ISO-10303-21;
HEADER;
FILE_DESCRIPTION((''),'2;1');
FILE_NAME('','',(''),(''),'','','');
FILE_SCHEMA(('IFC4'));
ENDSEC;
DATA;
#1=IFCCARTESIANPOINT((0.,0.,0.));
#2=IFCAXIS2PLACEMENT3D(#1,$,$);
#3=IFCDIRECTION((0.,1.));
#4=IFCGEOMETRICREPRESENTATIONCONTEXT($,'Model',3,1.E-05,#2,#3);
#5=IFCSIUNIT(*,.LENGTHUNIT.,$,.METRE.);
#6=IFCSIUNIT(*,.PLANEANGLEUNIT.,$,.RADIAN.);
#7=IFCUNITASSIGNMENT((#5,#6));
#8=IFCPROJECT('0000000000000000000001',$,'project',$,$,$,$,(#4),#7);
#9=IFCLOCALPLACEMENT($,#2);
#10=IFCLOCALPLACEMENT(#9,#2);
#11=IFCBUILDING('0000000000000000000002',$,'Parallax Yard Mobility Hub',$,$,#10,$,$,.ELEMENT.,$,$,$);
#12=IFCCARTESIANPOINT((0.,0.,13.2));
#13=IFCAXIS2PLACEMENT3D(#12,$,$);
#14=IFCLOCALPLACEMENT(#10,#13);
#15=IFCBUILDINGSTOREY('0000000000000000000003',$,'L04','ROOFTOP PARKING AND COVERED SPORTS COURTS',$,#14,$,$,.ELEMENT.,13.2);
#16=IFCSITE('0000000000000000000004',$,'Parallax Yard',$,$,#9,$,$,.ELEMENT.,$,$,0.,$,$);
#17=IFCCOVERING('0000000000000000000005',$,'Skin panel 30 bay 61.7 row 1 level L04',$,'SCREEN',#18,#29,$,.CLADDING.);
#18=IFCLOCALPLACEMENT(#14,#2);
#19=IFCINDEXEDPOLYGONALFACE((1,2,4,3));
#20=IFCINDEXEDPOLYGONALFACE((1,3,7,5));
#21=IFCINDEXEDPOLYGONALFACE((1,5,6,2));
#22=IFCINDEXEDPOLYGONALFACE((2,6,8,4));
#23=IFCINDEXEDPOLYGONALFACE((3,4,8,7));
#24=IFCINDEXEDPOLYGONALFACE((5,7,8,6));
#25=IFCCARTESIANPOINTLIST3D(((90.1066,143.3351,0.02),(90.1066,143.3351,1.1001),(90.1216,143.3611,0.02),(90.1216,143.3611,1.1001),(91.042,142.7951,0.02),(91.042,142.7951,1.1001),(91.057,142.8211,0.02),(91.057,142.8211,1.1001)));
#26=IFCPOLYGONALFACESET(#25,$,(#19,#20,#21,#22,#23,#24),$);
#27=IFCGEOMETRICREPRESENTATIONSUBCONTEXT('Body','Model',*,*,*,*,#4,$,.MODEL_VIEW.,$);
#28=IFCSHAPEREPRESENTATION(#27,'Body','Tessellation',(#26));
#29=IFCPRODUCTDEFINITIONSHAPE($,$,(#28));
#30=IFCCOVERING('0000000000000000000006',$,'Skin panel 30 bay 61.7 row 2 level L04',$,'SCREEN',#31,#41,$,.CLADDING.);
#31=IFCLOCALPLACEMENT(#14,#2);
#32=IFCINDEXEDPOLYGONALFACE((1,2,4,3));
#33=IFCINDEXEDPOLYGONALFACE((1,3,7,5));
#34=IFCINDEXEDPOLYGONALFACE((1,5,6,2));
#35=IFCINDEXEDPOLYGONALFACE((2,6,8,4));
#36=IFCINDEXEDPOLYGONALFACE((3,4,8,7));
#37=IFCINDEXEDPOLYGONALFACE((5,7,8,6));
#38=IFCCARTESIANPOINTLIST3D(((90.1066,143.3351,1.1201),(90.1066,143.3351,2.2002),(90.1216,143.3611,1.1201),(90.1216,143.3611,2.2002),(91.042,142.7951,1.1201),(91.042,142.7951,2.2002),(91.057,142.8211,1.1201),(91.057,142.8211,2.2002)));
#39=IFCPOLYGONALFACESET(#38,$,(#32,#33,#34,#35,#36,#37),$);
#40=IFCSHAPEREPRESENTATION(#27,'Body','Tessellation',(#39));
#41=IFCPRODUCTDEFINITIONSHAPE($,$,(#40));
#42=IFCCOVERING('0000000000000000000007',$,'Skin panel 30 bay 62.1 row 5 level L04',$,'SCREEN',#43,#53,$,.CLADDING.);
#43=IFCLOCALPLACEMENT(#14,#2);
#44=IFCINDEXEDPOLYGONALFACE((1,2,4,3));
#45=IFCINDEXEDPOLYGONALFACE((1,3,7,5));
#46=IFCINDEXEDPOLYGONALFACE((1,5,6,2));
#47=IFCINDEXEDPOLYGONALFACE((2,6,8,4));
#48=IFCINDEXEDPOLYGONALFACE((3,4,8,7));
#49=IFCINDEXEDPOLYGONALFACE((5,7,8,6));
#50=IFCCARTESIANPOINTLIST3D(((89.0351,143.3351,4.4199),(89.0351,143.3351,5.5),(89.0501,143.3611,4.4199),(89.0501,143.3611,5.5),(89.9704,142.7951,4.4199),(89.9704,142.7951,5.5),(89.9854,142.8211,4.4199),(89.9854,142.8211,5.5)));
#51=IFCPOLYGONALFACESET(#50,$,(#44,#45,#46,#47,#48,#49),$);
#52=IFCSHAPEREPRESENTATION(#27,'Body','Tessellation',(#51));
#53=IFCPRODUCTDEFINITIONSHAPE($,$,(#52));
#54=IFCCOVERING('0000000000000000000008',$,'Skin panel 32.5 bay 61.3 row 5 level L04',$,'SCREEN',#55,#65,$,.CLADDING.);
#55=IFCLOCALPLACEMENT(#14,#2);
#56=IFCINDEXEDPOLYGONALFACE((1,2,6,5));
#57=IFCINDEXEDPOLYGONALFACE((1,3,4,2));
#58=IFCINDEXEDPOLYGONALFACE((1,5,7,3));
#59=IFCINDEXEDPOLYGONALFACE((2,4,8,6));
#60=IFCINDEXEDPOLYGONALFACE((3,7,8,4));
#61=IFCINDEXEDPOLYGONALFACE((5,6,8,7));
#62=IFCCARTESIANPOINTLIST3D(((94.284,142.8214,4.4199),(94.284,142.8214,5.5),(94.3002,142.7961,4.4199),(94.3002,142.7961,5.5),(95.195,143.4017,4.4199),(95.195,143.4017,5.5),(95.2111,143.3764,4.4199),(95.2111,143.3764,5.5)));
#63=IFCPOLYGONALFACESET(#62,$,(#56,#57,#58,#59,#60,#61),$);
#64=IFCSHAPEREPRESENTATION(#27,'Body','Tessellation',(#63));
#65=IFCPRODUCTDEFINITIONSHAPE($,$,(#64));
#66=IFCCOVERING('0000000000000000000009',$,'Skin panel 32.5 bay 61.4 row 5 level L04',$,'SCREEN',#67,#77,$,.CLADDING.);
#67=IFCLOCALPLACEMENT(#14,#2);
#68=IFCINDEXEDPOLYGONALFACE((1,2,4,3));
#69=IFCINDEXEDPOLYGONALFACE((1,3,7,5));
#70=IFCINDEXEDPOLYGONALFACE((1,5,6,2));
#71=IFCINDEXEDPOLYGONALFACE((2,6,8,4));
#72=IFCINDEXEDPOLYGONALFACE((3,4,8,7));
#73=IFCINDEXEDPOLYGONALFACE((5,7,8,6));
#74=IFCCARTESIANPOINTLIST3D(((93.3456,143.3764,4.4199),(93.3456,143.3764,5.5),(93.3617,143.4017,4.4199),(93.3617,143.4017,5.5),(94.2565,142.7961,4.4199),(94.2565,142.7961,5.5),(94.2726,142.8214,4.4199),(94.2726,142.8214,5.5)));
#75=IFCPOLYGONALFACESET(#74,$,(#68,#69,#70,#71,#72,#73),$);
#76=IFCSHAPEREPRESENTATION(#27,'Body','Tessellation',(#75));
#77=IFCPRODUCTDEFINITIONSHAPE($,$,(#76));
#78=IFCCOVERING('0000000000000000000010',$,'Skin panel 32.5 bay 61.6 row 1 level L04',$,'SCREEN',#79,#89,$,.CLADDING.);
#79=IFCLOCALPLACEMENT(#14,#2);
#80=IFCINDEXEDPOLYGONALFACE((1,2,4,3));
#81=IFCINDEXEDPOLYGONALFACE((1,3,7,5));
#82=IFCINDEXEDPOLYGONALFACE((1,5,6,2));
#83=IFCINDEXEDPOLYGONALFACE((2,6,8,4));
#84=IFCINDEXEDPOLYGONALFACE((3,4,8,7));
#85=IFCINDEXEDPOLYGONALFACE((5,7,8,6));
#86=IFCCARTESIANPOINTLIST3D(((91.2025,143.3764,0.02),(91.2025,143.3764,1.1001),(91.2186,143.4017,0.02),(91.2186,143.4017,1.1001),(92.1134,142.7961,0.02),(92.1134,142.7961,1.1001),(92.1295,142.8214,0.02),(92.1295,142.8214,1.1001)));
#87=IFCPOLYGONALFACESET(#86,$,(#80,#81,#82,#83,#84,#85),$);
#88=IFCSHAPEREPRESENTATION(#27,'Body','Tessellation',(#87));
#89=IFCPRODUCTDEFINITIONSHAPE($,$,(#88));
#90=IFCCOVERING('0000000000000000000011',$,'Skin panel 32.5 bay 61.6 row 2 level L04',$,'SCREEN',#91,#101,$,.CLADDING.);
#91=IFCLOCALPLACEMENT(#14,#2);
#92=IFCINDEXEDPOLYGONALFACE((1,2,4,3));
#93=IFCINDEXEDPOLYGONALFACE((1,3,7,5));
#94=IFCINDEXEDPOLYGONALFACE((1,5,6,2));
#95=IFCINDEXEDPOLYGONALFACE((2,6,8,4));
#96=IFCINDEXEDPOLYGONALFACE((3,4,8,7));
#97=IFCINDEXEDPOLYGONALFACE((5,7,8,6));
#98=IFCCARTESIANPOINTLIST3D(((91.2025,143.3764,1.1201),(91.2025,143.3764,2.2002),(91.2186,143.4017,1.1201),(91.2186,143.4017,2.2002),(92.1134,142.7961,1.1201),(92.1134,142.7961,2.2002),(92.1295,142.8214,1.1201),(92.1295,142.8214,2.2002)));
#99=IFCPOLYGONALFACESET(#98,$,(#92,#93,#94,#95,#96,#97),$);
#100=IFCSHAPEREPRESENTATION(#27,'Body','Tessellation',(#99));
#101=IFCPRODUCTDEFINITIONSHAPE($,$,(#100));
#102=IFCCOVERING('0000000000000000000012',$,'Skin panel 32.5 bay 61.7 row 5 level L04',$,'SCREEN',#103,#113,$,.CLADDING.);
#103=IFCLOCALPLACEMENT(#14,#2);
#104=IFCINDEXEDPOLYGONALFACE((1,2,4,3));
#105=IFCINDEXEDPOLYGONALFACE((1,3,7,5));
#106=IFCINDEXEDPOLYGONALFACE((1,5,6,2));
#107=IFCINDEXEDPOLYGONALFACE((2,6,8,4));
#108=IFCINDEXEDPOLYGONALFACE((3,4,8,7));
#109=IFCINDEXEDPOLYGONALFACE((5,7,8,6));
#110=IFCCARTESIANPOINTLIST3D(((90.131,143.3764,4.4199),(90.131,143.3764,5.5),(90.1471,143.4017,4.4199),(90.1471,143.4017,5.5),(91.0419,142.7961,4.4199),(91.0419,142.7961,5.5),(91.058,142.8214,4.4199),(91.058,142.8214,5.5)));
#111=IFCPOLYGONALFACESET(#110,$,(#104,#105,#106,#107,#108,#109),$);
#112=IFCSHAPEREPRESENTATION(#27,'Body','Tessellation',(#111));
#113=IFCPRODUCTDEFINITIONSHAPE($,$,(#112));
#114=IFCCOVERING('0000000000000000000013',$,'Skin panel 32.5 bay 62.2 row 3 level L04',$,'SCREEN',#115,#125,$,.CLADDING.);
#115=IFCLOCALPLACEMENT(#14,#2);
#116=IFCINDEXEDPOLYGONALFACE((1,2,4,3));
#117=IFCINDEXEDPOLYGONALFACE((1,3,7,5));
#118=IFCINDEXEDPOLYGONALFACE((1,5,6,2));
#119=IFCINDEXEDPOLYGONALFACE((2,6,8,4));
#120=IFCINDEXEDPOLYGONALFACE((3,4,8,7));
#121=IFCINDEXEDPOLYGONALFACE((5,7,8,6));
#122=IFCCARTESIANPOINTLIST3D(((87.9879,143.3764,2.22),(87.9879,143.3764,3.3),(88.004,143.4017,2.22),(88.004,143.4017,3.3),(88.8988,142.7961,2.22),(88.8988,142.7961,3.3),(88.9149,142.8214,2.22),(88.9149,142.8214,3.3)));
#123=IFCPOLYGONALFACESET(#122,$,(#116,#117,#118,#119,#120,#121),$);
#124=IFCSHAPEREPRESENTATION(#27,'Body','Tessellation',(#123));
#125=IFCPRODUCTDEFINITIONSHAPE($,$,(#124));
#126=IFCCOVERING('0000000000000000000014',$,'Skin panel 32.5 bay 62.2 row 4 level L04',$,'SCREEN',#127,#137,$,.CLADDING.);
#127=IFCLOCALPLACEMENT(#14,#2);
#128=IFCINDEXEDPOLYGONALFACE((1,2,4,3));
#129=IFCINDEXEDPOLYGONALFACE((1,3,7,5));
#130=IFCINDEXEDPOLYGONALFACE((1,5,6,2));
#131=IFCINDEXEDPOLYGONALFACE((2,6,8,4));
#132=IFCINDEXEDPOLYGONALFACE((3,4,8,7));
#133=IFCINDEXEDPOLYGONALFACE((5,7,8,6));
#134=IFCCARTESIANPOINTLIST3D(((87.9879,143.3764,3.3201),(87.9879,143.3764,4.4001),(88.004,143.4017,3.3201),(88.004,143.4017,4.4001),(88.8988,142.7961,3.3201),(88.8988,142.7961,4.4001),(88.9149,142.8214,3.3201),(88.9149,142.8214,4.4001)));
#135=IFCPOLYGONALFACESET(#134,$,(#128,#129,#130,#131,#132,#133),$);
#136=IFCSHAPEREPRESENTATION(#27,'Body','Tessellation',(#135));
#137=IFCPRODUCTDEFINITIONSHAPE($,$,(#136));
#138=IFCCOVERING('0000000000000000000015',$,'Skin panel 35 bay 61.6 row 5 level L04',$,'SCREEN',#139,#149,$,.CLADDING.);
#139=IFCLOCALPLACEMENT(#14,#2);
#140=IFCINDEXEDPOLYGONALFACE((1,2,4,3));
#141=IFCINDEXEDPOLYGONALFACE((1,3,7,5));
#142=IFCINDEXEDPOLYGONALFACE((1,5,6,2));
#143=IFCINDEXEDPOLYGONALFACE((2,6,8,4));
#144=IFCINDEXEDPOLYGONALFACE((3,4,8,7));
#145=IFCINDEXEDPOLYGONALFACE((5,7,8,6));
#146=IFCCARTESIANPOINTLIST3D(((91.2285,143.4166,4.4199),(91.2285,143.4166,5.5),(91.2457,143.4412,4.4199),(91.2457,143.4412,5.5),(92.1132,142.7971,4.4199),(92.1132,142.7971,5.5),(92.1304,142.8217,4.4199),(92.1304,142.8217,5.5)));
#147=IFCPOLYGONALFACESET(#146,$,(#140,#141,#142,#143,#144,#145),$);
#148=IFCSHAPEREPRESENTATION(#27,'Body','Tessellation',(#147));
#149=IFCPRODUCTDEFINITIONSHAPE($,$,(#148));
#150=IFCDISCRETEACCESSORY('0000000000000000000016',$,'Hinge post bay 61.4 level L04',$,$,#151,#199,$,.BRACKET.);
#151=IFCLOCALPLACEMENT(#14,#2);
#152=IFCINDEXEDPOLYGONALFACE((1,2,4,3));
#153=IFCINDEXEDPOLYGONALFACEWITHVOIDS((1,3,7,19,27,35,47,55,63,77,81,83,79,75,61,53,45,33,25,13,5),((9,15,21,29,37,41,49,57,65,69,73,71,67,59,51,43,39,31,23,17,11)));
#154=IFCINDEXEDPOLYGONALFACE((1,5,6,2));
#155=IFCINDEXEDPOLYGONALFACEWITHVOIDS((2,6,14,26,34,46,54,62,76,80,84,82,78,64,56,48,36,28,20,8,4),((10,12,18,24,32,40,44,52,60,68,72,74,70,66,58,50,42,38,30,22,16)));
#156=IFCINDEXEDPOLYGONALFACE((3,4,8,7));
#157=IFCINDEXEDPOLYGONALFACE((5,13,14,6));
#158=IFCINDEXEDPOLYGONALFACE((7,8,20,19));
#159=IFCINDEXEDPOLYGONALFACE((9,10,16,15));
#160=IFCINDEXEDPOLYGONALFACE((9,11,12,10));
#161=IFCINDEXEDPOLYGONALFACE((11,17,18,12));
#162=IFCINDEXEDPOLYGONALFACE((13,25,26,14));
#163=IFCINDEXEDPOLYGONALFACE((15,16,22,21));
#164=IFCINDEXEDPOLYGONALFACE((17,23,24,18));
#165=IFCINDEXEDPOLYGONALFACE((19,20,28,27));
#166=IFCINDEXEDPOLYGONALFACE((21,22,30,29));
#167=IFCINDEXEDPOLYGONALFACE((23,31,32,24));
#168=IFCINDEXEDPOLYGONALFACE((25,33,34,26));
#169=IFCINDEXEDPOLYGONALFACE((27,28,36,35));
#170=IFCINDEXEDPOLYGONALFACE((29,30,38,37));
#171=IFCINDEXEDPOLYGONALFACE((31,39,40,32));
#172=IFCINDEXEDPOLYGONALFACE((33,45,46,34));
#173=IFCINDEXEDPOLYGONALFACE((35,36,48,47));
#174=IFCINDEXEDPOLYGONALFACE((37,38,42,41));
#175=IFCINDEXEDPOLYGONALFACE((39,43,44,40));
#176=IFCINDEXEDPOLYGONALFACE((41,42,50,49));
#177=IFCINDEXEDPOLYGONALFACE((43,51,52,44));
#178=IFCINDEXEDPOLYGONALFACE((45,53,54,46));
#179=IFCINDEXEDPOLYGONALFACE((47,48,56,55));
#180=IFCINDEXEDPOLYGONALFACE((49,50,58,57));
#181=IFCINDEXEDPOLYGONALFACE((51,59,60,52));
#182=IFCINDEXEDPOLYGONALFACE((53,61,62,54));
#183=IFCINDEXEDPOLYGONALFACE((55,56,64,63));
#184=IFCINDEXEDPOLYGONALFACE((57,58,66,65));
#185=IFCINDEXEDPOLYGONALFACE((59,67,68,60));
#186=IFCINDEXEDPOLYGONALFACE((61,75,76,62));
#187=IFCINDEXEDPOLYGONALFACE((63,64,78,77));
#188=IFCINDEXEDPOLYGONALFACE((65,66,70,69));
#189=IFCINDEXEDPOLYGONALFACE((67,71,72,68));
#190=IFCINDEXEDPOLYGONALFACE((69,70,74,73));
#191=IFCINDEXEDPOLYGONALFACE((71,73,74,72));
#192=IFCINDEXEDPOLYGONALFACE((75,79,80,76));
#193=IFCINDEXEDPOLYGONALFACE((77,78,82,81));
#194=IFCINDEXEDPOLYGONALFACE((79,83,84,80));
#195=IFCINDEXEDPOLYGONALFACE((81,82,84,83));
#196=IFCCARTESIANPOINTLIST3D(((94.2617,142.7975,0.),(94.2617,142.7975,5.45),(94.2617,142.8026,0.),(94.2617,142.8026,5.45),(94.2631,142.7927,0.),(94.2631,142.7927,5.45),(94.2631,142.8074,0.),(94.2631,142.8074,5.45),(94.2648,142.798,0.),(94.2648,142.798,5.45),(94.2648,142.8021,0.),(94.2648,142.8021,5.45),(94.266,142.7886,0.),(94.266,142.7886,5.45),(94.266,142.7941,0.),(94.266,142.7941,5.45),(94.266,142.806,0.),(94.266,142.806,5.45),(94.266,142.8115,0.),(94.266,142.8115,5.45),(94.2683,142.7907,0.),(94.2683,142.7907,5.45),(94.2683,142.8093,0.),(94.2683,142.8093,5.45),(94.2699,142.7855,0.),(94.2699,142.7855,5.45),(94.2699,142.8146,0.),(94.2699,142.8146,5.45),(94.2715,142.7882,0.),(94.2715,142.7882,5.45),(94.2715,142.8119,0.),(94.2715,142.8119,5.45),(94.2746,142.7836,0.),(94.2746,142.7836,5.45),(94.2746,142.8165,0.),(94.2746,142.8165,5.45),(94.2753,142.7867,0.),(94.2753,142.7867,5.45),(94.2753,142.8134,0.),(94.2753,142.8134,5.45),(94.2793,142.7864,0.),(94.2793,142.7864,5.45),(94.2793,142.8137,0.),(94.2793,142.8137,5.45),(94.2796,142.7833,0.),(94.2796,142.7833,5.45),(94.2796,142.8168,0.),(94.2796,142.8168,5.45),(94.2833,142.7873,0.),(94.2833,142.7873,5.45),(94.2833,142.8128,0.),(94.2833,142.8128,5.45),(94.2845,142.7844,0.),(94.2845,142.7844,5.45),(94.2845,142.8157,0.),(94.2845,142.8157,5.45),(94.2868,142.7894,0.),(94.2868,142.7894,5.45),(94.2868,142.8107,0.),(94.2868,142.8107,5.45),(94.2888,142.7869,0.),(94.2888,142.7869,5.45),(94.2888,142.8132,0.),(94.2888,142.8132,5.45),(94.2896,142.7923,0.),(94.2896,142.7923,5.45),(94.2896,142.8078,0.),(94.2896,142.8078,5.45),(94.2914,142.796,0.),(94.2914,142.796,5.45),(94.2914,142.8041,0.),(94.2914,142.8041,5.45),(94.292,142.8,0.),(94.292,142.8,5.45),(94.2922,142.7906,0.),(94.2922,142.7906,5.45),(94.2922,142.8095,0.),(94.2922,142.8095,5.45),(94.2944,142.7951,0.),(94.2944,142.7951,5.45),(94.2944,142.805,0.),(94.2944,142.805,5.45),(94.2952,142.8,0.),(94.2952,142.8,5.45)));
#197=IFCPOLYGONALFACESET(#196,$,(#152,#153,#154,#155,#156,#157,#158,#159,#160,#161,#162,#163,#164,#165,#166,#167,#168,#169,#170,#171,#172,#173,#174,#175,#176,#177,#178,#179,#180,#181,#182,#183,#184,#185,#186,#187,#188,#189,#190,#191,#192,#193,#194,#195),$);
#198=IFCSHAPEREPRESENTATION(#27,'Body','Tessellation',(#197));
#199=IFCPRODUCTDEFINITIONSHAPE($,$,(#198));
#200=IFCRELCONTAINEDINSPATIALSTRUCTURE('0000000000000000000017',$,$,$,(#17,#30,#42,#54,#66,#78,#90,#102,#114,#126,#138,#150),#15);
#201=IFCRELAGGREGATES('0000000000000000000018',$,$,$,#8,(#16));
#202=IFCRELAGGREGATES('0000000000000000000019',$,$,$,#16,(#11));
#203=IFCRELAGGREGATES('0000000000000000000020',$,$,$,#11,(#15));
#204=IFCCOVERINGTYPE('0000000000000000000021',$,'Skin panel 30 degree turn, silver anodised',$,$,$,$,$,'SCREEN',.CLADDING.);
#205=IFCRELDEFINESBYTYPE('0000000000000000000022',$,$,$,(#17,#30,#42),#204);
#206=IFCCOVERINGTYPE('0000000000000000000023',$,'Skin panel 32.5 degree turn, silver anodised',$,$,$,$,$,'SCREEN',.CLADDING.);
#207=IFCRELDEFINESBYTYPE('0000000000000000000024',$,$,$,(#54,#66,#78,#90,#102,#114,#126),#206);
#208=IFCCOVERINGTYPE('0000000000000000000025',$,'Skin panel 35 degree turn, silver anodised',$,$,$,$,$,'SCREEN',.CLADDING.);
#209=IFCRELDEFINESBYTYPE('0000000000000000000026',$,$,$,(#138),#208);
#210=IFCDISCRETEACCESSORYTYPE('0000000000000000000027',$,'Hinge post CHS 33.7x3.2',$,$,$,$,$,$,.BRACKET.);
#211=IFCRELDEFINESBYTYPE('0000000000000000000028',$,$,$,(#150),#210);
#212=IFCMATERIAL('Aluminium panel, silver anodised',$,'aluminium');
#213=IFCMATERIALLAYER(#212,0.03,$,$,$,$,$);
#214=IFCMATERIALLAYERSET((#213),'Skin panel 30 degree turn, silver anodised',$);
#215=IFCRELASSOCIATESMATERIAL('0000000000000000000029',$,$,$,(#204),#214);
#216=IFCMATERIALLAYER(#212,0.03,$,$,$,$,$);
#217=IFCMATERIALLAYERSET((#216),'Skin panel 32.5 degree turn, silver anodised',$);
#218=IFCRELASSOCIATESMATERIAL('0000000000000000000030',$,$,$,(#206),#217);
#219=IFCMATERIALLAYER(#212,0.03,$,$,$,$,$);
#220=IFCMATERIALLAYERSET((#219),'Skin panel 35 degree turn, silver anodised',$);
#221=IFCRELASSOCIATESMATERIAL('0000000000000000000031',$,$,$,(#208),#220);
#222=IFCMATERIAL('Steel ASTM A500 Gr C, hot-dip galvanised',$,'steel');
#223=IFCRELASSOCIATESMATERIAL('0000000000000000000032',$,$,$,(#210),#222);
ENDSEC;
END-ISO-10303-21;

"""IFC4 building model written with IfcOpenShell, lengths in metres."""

from ifc_helpers import new_model, si_unit, direction, frame, origin, origin_2d, place, context, subcontext, project, spatial, rectangle, hollow_circle, extrude, material, layer, layer_set, material_profile, profile_set, type_object, element, save


model = new_model("IFC4")

# Units and contexts
model_context = context("Model", 3, precision=1e-05, world=origin(), true_north=direction((0.0, 1.0)))
body_context = subcontext(model_context, "Body", "Model", "MODEL_VIEW")
ifc_project = project(units=[si_unit("LENGTHUNIT", "METRE"), si_unit("PLANEANGLEUNIT", "RADIAN")], contexts=[model_context])

# Site, building, storey
site_placement = place(None, origin())
site = spatial("IfcSite", under=ifc_project, at=site_placement, Name="Parallax Yard", CompositionType="ELEMENT", RefElevation=0.0)
building_placement = place(site_placement, origin())
building = spatial("IfcBuilding", under=site, at=building_placement, Name="Parallax Yard Mobility Hub", CompositionType="ELEMENT")
storey_placement = place(building_placement, frame((0.0, 0.0, 13.2)))
storey = spatial("IfcBuildingStorey", under=building, at=storey_placement, Name="L04", Description="ROOFTOP PARKING AND COVERED SPORTS COURTS", CompositionType="ELEMENT", Elevation=13.2)

# Coverings
ifc_material_1 = material(Name="Aluminium panel, silver anodised", Category="aluminium")
ifc_layer_1 = layer(ifc_material_1, 0.03)
ifc_layer_set_1 = layer_set([ifc_layer_1], Name="Skin panel 30 degree turn, silver anodised")
covering_type_1 = type_object("IfcCoveringType", Name="Skin panel 30 degree turn, silver anodised", ElementType="SCREEN", PredefinedType="CLADDING", material=ifc_layer_set_1)
for number, where, z_axis, x_axis, name in (
    (1, (90.5818, 143.0781, 0.02), (0.0, 0.0, 1.0), (-0.866025, 0.5, 0.0), "Skin panel 30 bay 61.7 row 1 level L04"),
    (2, (90.5818, 143.0781, 1.1201), (0.0, 0.0, 1.0), (-0.866025, 0.5, 0.0), "Skin panel 30 bay 61.7 row 2 level L04"),
    (3, (89.5103, 143.0781, 4.4199), (0.0, 0.0, 1.0), (-0.866025, 0.5, 0.0), "Skin panel 30 bay 62.1 row 5 level L04"),
):
    element("IfcCovering", number, at=place(storey_placement, frame(where, z_axis=z_axis, x_axis=x_axis)), inside=storey, type_object=covering_type_1, Name=name, ObjectType="SCREEN", PredefinedType="CLADDING", context=body_context, shape_type="SweptSolid", body=[
        extrude(rectangle(XDim=1.0801, YDim=0.03, at=origin_2d()), origin(), (0.0, 0.0, 1.0), 1.0801),
    ])
ifc_layer_2 = layer(ifc_material_1, 0.03)
ifc_layer_set_2 = layer_set([ifc_layer_2], Name="Skin panel 32.5 degree turn, silver anodised")
covering_type_2 = type_object("IfcCoveringType", Name="Skin panel 32.5 degree turn, silver anodised", ElementType="SCREEN", PredefinedType="CLADDING", material=ifc_layer_set_2)
for number, where, z_axis, x_axis, name in (
    (4, (94.7476, 143.0989, 4.4199), (0.0, 0.0, 1.0), (0.843391, 0.5373, 0.0), "Skin panel 32.5 bay 61.3 row 5 level L04"),
    (5, (93.8091, 143.0989, 4.4199), (0.0, 0.0, 1.0), (-0.843391, 0.5373, 0.0), "Skin panel 32.5 bay 61.4 row 5 level L04"),
    (6, (91.666, 143.0989, 0.02), (0.0, 0.0, 1.0), (-0.843391, 0.5373, 0.0), "Skin panel 32.5 bay 61.6 row 1 level L04"),
    (7, (91.666, 143.0989, 1.1201), (0.0, 0.0, 1.0), (-0.843391, 0.5373, 0.0), "Skin panel 32.5 bay 61.6 row 2 level L04"),
    (8, (90.5945, 143.0989, 4.4199), (0.0, 0.0, 1.0), (-0.843391, 0.5373, 0.0), "Skin panel 32.5 bay 61.7 row 5 level L04"),
    (9, (88.4514, 143.0989, 2.22), (0.0, 0.0, 1.0), (-0.843391, 0.5373, 0.0), "Skin panel 32.5 bay 62.2 row 3 level L04"),
    (10, (88.4514, 143.0989, 3.3201), (0.0, 0.0, 1.0), (-0.843391, 0.5373, 0.0), "Skin panel 32.5 bay 62.2 row 4 level L04"),
):
    element("IfcCovering", number, at=place(storey_placement, frame(where, z_axis=z_axis, x_axis=x_axis)), inside=storey, type_object=covering_type_2, Name=name, ObjectType="SCREEN", PredefinedType="CLADDING", context=body_context, shape_type="SweptSolid", body=[
        extrude(rectangle(XDim=1.0801, YDim=0.03, at=origin_2d()), origin(), (0.0, 0.0, 1.0), 1.0801),
    ])
ifc_layer_3 = layer(ifc_material_1, 0.03)
ifc_layer_set_3 = layer_set([ifc_layer_3], Name="Skin panel 35 degree turn, silver anodised")
covering_type_3 = type_object("IfcCoveringType", Name="Skin panel 35 degree turn, silver anodised", ElementType="SCREEN", PredefinedType="CLADDING", material=ifc_layer_set_3)
covering_placement = place(storey_placement, frame((91.6794, 143.1191, 4.4199), z_axis=(0.0, 0.0, 1.0), x_axis=(-0.819152, 0.573576, 0.0)))
element("IfcCovering", 11, at=covering_placement, inside=storey, type_object=covering_type_3, Name="Skin panel 35 bay 61.6 row 5 level L04", ObjectType="SCREEN", PredefinedType="CLADDING", context=body_context, shape_type="SweptSolid", body=[
    extrude(rectangle(XDim=1.0801, YDim=0.03, at=origin_2d()), origin(), (0.0, 0.0, 1.0), 1.0801),
])

# Discrete accessory
ifc_material_2 = material(Name="Steel ASTM A500 Gr C, hot-dip galvanised", Category="steel")
ifc_material_profile = material_profile(ifc_material_2, hollow_circle(Radius=0.0168, WallThickness=0.0032, at=origin_2d()), Name="CHS 33.7x3.2")
ifc_profile_set = profile_set([ifc_material_profile], Name="Steel ASTM A500 Gr C, hot-dip galvanised")
discrete_accessory_type = type_object("IfcDiscreteAccessoryType", Name="Hinge post CHS 33.7x3.2", PredefinedType="BRACKET", material=ifc_profile_set)
for number, where, z_axis, x_axis, name in (
    (12, (94.2783, 142.8, 0.0), (0.0, 0.0, 1.0), (1.0, 0.0, 0.0), "Hinge post bay 61.4 level L04"),
):
    element("IfcDiscreteAccessory", number, at=place(storey_placement, frame(where, z_axis=z_axis, x_axis=x_axis)), inside=storey, type_object=discrete_accessory_type, Name=name, PredefinedType="BRACKET", context=body_context, shape_type="SweptSolid", body=[
        extrude(hollow_circle(Radius=0.0168, WallThickness=0.0032, at=origin_2d()), origin(), (0.0, 0.0, 1.0), 5.45),
    ])

save(model, "model.ifc")
